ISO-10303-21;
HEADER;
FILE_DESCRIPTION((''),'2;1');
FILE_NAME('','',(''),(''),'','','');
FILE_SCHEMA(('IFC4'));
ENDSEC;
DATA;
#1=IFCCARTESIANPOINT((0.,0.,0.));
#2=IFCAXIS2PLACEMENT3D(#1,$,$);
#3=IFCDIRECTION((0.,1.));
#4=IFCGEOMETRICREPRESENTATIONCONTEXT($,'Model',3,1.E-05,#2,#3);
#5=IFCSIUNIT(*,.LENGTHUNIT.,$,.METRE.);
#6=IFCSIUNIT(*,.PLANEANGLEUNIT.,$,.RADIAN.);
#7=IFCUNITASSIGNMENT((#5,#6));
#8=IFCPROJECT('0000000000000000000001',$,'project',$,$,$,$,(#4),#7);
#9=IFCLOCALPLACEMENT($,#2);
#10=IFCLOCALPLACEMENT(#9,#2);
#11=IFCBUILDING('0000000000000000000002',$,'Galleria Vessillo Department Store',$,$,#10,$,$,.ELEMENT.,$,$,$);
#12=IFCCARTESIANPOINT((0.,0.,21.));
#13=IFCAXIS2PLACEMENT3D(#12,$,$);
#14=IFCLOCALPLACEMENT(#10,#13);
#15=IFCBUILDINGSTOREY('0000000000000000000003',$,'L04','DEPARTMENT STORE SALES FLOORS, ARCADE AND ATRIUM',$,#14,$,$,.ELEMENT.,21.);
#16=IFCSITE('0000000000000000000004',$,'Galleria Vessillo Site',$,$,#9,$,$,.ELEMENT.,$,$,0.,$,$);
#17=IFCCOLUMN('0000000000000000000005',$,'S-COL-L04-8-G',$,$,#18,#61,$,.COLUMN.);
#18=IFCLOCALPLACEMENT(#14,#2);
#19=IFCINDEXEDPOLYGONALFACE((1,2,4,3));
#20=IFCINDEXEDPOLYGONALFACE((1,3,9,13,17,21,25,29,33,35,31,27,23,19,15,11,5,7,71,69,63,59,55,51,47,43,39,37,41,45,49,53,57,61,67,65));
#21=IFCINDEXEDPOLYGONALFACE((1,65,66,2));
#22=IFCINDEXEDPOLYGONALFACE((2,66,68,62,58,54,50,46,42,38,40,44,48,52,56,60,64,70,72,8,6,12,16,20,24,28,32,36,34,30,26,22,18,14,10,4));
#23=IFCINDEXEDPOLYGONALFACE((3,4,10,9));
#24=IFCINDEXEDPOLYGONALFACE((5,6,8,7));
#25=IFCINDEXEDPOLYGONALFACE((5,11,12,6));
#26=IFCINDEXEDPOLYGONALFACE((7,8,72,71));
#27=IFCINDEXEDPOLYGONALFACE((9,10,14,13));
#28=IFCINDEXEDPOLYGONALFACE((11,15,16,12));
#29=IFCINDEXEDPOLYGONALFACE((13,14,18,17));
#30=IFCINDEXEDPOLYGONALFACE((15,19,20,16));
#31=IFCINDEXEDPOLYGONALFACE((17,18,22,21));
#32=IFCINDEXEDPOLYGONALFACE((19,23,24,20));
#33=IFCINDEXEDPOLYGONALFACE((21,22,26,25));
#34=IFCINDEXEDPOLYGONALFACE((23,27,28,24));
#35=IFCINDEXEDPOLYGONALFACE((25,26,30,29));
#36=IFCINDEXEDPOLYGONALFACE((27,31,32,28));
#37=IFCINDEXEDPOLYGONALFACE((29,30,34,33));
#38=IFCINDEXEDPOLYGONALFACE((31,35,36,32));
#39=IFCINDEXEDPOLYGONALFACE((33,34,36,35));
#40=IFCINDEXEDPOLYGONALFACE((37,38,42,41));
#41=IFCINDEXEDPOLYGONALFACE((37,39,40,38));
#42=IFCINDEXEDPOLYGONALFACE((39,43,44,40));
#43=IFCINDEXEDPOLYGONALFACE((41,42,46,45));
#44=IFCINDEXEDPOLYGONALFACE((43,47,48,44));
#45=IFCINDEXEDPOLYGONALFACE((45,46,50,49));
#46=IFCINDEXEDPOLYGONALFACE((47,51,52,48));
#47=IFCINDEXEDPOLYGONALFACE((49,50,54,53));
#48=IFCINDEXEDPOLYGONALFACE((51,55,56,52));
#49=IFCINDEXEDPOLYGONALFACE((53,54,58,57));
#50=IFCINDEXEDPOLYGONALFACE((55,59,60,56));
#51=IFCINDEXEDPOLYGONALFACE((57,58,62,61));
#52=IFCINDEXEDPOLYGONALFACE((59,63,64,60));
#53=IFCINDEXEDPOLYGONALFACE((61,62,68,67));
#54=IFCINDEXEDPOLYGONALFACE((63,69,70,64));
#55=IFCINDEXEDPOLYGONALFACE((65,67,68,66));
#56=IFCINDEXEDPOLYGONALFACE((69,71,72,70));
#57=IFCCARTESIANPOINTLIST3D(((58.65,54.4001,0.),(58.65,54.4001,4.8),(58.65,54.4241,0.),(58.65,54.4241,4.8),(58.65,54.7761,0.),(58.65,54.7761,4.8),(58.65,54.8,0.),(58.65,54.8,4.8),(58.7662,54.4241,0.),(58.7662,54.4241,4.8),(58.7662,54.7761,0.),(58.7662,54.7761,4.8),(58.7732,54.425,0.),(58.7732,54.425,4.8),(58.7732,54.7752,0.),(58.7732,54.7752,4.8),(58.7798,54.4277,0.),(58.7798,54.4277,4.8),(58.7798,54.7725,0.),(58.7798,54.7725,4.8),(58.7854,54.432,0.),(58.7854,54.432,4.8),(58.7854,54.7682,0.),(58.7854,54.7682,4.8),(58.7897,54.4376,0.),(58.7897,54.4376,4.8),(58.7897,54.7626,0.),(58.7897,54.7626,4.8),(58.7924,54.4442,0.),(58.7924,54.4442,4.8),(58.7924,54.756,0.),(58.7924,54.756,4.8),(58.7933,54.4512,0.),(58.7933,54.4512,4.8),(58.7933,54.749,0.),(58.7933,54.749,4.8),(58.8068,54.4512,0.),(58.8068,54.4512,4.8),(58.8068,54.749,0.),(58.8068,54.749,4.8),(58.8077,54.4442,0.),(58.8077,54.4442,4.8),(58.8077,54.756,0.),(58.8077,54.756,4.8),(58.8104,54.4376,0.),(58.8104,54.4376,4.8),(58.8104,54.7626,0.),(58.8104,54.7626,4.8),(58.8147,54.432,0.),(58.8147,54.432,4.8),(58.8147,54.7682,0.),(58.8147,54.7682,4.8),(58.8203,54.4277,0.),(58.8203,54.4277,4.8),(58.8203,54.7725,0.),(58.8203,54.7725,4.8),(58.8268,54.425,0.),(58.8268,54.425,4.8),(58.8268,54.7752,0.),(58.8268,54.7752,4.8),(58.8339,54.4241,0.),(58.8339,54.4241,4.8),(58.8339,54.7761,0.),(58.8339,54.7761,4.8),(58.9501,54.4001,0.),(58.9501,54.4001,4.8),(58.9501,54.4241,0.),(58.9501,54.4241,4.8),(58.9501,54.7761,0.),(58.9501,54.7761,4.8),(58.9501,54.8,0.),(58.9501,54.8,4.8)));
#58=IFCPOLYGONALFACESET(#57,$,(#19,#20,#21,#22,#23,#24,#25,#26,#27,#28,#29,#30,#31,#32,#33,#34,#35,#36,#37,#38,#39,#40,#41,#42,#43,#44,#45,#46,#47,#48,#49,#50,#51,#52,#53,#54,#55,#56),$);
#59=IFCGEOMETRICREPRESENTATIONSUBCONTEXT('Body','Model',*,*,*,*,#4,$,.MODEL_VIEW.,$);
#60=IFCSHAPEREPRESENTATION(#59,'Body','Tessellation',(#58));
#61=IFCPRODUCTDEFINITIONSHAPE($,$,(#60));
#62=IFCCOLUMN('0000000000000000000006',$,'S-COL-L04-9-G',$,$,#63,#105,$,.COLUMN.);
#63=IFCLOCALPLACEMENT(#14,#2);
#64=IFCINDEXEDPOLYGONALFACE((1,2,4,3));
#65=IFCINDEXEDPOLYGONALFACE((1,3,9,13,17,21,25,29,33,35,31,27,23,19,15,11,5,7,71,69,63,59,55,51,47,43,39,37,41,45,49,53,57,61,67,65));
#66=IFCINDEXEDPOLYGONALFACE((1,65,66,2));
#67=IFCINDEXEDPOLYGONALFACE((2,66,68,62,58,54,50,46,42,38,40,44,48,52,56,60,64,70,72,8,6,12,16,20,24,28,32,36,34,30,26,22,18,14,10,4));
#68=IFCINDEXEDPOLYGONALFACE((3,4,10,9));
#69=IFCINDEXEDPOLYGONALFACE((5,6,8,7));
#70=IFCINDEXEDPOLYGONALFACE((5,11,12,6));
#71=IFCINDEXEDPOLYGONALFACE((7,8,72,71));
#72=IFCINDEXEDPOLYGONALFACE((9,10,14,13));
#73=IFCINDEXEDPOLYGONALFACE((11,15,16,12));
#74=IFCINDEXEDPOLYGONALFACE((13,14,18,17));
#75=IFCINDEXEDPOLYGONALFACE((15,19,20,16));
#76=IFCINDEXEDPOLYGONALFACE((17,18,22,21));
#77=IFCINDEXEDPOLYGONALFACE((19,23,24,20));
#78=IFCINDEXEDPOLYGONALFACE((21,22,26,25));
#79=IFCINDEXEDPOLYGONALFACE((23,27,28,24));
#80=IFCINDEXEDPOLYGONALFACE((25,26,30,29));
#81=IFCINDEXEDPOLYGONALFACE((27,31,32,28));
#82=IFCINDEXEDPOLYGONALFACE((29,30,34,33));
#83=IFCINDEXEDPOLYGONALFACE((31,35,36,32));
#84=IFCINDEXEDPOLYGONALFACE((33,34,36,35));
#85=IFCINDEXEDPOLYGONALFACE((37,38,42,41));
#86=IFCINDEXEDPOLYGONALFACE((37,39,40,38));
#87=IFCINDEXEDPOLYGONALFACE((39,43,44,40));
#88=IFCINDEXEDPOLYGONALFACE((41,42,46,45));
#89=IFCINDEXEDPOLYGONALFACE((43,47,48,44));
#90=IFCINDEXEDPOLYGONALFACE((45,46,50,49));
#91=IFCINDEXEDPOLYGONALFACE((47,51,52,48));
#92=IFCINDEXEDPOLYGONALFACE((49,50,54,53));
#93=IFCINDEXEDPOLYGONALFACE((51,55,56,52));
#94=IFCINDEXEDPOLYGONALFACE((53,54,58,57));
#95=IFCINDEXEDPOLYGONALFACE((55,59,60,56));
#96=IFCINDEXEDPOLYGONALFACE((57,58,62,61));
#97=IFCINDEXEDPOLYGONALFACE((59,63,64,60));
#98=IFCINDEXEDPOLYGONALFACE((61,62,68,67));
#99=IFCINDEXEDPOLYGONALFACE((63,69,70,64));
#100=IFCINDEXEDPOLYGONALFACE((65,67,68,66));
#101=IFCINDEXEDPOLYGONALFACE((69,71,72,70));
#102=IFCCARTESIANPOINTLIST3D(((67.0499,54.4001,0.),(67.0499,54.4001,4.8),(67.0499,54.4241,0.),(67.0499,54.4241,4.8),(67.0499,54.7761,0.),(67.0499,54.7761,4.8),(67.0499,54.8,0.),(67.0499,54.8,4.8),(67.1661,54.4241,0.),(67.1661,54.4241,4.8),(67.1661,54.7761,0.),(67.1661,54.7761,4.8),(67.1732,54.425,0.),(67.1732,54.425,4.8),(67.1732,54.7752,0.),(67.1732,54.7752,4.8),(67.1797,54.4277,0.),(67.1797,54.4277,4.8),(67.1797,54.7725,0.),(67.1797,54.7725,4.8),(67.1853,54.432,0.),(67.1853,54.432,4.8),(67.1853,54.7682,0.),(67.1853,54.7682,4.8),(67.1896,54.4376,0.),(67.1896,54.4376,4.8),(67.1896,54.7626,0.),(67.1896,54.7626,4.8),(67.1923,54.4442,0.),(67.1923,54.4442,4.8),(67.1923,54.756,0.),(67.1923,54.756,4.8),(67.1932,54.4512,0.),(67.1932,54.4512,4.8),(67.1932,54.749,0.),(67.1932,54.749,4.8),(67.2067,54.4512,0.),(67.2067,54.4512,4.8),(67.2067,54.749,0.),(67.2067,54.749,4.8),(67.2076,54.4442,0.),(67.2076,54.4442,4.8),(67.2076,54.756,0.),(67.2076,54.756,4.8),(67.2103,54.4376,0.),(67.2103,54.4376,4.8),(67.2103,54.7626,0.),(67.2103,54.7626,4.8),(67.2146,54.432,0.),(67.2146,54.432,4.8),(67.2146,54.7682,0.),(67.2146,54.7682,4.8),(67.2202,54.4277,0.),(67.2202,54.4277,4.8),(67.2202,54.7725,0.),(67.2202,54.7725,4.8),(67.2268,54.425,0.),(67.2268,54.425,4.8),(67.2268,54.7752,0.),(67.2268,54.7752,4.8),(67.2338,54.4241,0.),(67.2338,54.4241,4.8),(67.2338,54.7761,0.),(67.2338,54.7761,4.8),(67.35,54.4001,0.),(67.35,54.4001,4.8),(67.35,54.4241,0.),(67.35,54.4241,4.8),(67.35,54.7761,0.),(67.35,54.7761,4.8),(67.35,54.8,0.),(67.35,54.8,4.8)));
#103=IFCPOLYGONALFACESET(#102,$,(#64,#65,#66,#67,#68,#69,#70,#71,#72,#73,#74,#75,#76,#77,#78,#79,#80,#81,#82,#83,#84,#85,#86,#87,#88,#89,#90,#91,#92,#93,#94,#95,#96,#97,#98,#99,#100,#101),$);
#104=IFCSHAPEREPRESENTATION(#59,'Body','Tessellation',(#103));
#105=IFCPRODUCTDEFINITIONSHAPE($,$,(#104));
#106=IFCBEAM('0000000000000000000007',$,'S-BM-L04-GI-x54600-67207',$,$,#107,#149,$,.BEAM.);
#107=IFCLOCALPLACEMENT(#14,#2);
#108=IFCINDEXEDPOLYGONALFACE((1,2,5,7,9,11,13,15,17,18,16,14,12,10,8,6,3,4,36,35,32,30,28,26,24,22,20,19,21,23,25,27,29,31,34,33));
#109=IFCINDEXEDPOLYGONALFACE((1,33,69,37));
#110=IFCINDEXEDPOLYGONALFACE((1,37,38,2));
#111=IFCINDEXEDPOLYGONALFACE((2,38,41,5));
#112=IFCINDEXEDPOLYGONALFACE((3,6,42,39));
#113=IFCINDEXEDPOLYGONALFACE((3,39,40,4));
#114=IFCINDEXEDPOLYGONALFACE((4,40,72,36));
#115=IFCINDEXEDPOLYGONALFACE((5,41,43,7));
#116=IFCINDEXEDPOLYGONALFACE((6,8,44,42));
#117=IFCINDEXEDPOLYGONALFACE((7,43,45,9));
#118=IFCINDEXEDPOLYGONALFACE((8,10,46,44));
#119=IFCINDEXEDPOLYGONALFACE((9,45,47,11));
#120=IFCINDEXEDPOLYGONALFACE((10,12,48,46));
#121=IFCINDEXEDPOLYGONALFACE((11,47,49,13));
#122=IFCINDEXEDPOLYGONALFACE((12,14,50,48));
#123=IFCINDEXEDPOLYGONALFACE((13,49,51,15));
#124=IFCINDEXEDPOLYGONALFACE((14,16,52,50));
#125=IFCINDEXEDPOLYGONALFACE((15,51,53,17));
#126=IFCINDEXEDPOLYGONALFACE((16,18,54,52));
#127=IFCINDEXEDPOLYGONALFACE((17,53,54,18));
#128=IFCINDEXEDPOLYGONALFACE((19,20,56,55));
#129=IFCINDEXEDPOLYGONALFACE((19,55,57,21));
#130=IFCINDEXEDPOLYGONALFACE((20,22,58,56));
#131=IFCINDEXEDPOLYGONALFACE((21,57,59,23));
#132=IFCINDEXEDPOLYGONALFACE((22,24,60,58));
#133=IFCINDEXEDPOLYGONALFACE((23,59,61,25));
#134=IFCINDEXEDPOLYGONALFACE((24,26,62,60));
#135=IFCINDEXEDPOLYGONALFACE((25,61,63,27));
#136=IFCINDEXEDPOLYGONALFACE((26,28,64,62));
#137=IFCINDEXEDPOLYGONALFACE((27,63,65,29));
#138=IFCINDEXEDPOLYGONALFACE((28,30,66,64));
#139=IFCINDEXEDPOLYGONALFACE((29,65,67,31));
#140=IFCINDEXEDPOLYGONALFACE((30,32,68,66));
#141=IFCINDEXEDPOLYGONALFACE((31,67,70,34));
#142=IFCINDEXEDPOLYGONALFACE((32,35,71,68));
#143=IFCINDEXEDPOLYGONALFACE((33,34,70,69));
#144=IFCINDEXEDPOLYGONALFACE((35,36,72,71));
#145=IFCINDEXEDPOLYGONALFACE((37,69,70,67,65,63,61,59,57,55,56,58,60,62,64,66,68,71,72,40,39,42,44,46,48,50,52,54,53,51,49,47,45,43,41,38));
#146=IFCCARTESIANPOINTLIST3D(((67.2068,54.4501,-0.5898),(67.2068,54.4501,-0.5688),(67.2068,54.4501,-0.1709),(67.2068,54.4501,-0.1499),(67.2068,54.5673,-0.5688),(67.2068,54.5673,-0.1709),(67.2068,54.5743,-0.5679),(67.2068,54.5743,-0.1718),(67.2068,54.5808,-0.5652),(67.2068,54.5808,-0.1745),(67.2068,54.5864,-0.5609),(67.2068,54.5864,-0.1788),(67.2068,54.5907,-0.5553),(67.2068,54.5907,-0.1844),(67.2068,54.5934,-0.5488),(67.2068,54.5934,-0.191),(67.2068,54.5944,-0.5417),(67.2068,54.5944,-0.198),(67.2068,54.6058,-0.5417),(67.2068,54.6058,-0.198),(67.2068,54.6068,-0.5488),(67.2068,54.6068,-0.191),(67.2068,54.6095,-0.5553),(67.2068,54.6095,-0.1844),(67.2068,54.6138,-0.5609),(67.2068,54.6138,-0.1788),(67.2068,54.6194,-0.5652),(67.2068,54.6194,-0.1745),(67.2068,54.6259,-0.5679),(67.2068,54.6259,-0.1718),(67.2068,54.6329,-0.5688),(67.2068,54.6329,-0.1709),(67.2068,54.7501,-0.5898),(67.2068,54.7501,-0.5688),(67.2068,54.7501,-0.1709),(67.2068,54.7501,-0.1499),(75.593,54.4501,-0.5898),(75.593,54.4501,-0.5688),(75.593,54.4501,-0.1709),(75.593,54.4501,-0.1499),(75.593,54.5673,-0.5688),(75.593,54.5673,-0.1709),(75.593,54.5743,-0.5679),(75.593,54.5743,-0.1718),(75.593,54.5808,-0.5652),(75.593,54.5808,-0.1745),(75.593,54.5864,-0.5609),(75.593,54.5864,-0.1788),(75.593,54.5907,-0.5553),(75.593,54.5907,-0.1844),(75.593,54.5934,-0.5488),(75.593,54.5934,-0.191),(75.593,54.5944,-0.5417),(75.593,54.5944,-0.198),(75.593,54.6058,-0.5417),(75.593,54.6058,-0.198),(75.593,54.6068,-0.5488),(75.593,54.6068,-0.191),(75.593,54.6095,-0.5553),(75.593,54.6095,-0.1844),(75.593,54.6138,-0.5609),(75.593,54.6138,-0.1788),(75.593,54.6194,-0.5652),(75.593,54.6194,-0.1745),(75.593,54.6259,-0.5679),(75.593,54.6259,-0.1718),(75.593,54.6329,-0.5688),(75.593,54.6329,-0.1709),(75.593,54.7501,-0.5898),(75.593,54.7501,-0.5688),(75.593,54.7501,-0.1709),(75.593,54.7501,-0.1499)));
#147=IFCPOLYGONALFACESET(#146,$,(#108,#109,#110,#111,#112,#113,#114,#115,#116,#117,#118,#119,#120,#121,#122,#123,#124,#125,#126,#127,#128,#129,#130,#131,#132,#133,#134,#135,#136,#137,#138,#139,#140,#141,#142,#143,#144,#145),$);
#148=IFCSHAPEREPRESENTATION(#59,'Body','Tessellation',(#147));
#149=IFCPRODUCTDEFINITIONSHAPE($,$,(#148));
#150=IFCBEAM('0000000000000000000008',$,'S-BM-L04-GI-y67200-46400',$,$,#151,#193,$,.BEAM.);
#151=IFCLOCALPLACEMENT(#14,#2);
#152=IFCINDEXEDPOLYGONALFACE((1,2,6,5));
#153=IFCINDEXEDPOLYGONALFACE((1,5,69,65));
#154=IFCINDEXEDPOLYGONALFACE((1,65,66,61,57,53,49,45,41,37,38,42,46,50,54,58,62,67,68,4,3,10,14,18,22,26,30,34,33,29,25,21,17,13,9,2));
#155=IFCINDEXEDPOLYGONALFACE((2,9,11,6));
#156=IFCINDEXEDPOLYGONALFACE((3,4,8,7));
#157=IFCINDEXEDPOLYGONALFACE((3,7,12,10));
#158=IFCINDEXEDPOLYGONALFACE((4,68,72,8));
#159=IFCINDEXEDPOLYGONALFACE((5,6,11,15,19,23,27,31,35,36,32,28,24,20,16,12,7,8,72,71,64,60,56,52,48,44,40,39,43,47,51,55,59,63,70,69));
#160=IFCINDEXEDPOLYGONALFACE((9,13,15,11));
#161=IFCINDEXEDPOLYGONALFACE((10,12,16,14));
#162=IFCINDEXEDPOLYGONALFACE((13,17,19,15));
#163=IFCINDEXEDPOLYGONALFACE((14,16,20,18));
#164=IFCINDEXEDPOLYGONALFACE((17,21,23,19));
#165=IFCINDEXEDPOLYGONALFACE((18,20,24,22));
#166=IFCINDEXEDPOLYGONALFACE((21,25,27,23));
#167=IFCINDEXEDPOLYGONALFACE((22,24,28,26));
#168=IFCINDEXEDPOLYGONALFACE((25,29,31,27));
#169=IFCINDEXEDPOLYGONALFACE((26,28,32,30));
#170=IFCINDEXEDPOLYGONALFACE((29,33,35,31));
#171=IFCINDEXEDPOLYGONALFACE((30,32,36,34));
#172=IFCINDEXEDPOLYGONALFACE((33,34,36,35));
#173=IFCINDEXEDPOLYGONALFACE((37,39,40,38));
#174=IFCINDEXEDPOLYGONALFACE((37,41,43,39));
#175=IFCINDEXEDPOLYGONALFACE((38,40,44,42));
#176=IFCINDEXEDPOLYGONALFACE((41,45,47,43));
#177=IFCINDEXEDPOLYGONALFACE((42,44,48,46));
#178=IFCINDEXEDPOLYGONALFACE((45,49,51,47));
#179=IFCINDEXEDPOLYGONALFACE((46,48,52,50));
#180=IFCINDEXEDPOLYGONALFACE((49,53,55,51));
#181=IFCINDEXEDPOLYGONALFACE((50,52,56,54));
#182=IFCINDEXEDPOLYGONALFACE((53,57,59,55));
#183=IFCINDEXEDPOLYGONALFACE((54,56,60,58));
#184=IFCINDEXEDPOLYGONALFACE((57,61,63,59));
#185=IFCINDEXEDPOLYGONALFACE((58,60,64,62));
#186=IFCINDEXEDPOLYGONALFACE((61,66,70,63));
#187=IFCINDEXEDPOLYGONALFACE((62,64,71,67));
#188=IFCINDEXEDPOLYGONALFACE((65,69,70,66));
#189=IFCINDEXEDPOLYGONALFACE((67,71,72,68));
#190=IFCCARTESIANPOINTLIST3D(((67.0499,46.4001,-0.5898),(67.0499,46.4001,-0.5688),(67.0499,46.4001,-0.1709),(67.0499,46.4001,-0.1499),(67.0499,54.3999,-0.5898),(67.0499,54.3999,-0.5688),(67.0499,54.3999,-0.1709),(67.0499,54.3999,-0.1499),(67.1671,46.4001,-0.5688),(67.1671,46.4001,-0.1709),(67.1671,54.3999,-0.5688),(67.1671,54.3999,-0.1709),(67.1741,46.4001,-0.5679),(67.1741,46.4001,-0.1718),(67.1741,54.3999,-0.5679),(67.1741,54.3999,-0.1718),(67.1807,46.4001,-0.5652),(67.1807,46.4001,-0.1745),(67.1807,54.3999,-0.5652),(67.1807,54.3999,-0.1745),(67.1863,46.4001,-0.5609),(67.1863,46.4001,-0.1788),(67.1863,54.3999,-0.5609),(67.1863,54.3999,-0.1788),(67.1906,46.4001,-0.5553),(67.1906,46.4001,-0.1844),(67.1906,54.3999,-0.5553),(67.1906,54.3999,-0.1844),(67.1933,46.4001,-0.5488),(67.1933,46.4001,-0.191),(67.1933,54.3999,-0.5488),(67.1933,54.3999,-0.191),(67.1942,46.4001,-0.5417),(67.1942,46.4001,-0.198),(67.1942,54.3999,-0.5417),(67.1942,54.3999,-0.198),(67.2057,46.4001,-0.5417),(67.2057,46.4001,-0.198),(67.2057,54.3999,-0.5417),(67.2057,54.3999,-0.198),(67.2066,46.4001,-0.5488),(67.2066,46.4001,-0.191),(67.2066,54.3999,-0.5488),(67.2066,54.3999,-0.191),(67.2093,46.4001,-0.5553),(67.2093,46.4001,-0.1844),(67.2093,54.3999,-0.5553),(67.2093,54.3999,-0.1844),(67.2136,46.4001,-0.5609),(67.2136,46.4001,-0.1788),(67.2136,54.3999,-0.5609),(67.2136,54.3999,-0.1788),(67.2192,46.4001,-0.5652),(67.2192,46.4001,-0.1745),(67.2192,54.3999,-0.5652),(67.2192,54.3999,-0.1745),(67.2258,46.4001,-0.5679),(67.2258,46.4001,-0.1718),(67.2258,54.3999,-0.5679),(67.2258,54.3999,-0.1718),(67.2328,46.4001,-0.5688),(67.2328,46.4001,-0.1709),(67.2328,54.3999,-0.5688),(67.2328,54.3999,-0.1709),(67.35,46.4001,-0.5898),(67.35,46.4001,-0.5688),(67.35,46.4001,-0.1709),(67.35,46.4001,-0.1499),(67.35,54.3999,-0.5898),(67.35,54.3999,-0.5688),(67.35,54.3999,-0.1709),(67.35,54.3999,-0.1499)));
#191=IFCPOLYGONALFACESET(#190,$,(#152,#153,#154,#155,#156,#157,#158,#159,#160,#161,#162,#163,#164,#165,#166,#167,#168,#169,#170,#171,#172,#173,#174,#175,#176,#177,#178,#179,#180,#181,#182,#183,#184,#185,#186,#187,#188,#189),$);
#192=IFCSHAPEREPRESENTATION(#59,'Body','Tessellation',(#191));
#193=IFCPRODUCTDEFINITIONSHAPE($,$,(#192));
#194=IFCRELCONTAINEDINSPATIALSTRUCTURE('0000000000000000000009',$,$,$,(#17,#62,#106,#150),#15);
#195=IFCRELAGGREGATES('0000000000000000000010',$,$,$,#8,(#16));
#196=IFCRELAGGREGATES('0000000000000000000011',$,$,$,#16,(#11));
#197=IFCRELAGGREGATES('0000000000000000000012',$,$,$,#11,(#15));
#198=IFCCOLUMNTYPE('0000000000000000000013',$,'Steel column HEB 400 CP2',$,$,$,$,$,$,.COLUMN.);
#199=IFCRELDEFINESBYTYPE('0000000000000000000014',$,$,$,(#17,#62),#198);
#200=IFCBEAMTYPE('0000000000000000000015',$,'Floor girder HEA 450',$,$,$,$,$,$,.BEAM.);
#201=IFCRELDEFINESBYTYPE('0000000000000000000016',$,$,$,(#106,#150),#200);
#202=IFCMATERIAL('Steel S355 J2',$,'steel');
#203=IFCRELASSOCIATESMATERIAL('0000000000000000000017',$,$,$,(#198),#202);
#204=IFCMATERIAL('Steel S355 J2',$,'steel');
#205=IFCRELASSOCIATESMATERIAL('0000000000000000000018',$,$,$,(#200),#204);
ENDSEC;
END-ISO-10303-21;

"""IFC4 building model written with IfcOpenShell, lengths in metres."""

from ifc_helpers import new_model, si_unit, direction, frame, origin, origin_2d, place, context, subcontext, project, spatial, i_section, extrude, material, material_profile, profile_set, type_object, element, save


model = new_model("IFC4")

# Units and contexts
model_context = context("Model", 3, precision=1e-05, world=origin(), true_north=direction((0.0, 1.0)))
body_context = subcontext(model_context, "Body", "Model", "MODEL_VIEW")
ifc_project = project(units=[si_unit("LENGTHUNIT", "METRE"), si_unit("PLANEANGLEUNIT", "RADIAN")], contexts=[model_context])

# Site, building, storey
site_placement = place(None, origin())
site = spatial("IfcSite", under=ifc_project, at=site_placement, Name="Galleria Vessillo Site", CompositionType="ELEMENT", RefElevation=0.0)
building_placement = place(site_placement, origin())
building = spatial("IfcBuilding", under=site, at=building_placement, Name="Galleria Vessillo Department Store", CompositionType="ELEMENT")
storey_placement = place(building_placement, frame((0.0, 0.0, 21.0)))
storey = spatial("IfcBuildingStorey", under=building, at=storey_placement, Name="L04", Description="DEPARTMENT STORE SALES FLOORS, ARCADE AND ATRIUM", CompositionType="ELEMENT", Elevation=21.0)

# Columns
ifc_material_1 = material(Name="Steel S355 J2", Category="steel")
ifc_material_profile_1 = material_profile(ifc_material_1, i_section(OverallWidth=0.3, OverallDepth=0.3999, WebThickness=0.0134, FlangeThickness=0.0239, FilletRadius=0.0271, at=origin_2d()), Name="HEB 400")
ifc_profile_set_1 = profile_set([ifc_material_profile_1], Name="Steel S355 J2")
column_type = type_object("IfcColumnType", Name="Steel column HEB 400 CP2", PredefinedType="COLUMN", material=ifc_profile_set_1)
for number, where, z_axis, x_axis, name in (
    (1, (58.8, 54.6001, 0.0), (0.0, 0.0, 1.0), (1.0, 0.0, 0.0), "S-COL-L04-8-G"),
    (2, (67.2, 54.6001, 0.0), (0.0, 0.0, 1.0), (1.0, 0.0, 0.0), "S-COL-L04-9-G"),
):
    element("IfcColumn", number, at=place(storey_placement, frame(where, z_axis=z_axis, x_axis=x_axis)), inside=storey, type_object=column_type, Name=name, PredefinedType="COLUMN", context=body_context, shape_type="SweptSolid", body=[
        extrude(i_section(OverallWidth=0.3, OverallDepth=0.3999, WebThickness=0.0134, FlangeThickness=0.0239, FilletRadius=0.0271, at=origin_2d()), origin(), (0.0, 0.0, 1.0), 4.8),
    ])

# Beams
ifc_material_2 = material(Name="Steel S355 J2", Category="steel")
ifc_material_profile_2 = material_profile(ifc_material_2, i_section(OverallWidth=0.3, OverallDepth=0.4399, WebThickness=0.0115, FlangeThickness=0.021, FilletRadius=0.0271, at=origin_2d()), Name="HEA 450")
ifc_profile_set_2 = profile_set([ifc_material_profile_2], Name="Steel S355 J2")
beam_type_1 = type_object("IfcBeamType", Name="Floor girder HEA 450", PredefinedType="BEAM", material=ifc_profile_set_2)
beam_1_placement = place(storey_placement, frame((67.2068, 54.6001, -0.3699), z_axis=(1.0, 0.0, 0.0), x_axis=(0.0, 1.0, 0.0)))
element("IfcBeam", 3, at=beam_1_placement, inside=storey, type_object=beam_type_1, Name="S-BM-L04-GI-x54600-67207", PredefinedType="BEAM", context=body_context, shape_type="SweptSolid", body=[
    extrude(i_section(OverallWidth=0.3, OverallDepth=0.4399, WebThickness=0.0115, FlangeThickness=0.021, FilletRadius=0.0271, at=origin_2d()), origin(), (0.0, 0.0, 1.0), 8.3862),
])
beam_2_placement = place(storey_placement, frame((67.2, 46.4001, -0.3699), z_axis=(0.0, 1.0, 0.0), x_axis=(-1.0, 0.0, 0.0)))
element("IfcBeam", 4, at=beam_2_placement, inside=storey, type_object=beam_type_1, Name="S-BM-L04-GI-y67200-46400", PredefinedType="BEAM", context=body_context, shape_type="SweptSolid", body=[
    extrude(i_section(OverallWidth=0.3, OverallDepth=0.4399, WebThickness=0.0115, FlangeThickness=0.021, FilletRadius=0.0271, at=origin_2d()), origin(), (0.0, 0.0, 1.0), 7.9998),
])

save(model, "model.ifc")
